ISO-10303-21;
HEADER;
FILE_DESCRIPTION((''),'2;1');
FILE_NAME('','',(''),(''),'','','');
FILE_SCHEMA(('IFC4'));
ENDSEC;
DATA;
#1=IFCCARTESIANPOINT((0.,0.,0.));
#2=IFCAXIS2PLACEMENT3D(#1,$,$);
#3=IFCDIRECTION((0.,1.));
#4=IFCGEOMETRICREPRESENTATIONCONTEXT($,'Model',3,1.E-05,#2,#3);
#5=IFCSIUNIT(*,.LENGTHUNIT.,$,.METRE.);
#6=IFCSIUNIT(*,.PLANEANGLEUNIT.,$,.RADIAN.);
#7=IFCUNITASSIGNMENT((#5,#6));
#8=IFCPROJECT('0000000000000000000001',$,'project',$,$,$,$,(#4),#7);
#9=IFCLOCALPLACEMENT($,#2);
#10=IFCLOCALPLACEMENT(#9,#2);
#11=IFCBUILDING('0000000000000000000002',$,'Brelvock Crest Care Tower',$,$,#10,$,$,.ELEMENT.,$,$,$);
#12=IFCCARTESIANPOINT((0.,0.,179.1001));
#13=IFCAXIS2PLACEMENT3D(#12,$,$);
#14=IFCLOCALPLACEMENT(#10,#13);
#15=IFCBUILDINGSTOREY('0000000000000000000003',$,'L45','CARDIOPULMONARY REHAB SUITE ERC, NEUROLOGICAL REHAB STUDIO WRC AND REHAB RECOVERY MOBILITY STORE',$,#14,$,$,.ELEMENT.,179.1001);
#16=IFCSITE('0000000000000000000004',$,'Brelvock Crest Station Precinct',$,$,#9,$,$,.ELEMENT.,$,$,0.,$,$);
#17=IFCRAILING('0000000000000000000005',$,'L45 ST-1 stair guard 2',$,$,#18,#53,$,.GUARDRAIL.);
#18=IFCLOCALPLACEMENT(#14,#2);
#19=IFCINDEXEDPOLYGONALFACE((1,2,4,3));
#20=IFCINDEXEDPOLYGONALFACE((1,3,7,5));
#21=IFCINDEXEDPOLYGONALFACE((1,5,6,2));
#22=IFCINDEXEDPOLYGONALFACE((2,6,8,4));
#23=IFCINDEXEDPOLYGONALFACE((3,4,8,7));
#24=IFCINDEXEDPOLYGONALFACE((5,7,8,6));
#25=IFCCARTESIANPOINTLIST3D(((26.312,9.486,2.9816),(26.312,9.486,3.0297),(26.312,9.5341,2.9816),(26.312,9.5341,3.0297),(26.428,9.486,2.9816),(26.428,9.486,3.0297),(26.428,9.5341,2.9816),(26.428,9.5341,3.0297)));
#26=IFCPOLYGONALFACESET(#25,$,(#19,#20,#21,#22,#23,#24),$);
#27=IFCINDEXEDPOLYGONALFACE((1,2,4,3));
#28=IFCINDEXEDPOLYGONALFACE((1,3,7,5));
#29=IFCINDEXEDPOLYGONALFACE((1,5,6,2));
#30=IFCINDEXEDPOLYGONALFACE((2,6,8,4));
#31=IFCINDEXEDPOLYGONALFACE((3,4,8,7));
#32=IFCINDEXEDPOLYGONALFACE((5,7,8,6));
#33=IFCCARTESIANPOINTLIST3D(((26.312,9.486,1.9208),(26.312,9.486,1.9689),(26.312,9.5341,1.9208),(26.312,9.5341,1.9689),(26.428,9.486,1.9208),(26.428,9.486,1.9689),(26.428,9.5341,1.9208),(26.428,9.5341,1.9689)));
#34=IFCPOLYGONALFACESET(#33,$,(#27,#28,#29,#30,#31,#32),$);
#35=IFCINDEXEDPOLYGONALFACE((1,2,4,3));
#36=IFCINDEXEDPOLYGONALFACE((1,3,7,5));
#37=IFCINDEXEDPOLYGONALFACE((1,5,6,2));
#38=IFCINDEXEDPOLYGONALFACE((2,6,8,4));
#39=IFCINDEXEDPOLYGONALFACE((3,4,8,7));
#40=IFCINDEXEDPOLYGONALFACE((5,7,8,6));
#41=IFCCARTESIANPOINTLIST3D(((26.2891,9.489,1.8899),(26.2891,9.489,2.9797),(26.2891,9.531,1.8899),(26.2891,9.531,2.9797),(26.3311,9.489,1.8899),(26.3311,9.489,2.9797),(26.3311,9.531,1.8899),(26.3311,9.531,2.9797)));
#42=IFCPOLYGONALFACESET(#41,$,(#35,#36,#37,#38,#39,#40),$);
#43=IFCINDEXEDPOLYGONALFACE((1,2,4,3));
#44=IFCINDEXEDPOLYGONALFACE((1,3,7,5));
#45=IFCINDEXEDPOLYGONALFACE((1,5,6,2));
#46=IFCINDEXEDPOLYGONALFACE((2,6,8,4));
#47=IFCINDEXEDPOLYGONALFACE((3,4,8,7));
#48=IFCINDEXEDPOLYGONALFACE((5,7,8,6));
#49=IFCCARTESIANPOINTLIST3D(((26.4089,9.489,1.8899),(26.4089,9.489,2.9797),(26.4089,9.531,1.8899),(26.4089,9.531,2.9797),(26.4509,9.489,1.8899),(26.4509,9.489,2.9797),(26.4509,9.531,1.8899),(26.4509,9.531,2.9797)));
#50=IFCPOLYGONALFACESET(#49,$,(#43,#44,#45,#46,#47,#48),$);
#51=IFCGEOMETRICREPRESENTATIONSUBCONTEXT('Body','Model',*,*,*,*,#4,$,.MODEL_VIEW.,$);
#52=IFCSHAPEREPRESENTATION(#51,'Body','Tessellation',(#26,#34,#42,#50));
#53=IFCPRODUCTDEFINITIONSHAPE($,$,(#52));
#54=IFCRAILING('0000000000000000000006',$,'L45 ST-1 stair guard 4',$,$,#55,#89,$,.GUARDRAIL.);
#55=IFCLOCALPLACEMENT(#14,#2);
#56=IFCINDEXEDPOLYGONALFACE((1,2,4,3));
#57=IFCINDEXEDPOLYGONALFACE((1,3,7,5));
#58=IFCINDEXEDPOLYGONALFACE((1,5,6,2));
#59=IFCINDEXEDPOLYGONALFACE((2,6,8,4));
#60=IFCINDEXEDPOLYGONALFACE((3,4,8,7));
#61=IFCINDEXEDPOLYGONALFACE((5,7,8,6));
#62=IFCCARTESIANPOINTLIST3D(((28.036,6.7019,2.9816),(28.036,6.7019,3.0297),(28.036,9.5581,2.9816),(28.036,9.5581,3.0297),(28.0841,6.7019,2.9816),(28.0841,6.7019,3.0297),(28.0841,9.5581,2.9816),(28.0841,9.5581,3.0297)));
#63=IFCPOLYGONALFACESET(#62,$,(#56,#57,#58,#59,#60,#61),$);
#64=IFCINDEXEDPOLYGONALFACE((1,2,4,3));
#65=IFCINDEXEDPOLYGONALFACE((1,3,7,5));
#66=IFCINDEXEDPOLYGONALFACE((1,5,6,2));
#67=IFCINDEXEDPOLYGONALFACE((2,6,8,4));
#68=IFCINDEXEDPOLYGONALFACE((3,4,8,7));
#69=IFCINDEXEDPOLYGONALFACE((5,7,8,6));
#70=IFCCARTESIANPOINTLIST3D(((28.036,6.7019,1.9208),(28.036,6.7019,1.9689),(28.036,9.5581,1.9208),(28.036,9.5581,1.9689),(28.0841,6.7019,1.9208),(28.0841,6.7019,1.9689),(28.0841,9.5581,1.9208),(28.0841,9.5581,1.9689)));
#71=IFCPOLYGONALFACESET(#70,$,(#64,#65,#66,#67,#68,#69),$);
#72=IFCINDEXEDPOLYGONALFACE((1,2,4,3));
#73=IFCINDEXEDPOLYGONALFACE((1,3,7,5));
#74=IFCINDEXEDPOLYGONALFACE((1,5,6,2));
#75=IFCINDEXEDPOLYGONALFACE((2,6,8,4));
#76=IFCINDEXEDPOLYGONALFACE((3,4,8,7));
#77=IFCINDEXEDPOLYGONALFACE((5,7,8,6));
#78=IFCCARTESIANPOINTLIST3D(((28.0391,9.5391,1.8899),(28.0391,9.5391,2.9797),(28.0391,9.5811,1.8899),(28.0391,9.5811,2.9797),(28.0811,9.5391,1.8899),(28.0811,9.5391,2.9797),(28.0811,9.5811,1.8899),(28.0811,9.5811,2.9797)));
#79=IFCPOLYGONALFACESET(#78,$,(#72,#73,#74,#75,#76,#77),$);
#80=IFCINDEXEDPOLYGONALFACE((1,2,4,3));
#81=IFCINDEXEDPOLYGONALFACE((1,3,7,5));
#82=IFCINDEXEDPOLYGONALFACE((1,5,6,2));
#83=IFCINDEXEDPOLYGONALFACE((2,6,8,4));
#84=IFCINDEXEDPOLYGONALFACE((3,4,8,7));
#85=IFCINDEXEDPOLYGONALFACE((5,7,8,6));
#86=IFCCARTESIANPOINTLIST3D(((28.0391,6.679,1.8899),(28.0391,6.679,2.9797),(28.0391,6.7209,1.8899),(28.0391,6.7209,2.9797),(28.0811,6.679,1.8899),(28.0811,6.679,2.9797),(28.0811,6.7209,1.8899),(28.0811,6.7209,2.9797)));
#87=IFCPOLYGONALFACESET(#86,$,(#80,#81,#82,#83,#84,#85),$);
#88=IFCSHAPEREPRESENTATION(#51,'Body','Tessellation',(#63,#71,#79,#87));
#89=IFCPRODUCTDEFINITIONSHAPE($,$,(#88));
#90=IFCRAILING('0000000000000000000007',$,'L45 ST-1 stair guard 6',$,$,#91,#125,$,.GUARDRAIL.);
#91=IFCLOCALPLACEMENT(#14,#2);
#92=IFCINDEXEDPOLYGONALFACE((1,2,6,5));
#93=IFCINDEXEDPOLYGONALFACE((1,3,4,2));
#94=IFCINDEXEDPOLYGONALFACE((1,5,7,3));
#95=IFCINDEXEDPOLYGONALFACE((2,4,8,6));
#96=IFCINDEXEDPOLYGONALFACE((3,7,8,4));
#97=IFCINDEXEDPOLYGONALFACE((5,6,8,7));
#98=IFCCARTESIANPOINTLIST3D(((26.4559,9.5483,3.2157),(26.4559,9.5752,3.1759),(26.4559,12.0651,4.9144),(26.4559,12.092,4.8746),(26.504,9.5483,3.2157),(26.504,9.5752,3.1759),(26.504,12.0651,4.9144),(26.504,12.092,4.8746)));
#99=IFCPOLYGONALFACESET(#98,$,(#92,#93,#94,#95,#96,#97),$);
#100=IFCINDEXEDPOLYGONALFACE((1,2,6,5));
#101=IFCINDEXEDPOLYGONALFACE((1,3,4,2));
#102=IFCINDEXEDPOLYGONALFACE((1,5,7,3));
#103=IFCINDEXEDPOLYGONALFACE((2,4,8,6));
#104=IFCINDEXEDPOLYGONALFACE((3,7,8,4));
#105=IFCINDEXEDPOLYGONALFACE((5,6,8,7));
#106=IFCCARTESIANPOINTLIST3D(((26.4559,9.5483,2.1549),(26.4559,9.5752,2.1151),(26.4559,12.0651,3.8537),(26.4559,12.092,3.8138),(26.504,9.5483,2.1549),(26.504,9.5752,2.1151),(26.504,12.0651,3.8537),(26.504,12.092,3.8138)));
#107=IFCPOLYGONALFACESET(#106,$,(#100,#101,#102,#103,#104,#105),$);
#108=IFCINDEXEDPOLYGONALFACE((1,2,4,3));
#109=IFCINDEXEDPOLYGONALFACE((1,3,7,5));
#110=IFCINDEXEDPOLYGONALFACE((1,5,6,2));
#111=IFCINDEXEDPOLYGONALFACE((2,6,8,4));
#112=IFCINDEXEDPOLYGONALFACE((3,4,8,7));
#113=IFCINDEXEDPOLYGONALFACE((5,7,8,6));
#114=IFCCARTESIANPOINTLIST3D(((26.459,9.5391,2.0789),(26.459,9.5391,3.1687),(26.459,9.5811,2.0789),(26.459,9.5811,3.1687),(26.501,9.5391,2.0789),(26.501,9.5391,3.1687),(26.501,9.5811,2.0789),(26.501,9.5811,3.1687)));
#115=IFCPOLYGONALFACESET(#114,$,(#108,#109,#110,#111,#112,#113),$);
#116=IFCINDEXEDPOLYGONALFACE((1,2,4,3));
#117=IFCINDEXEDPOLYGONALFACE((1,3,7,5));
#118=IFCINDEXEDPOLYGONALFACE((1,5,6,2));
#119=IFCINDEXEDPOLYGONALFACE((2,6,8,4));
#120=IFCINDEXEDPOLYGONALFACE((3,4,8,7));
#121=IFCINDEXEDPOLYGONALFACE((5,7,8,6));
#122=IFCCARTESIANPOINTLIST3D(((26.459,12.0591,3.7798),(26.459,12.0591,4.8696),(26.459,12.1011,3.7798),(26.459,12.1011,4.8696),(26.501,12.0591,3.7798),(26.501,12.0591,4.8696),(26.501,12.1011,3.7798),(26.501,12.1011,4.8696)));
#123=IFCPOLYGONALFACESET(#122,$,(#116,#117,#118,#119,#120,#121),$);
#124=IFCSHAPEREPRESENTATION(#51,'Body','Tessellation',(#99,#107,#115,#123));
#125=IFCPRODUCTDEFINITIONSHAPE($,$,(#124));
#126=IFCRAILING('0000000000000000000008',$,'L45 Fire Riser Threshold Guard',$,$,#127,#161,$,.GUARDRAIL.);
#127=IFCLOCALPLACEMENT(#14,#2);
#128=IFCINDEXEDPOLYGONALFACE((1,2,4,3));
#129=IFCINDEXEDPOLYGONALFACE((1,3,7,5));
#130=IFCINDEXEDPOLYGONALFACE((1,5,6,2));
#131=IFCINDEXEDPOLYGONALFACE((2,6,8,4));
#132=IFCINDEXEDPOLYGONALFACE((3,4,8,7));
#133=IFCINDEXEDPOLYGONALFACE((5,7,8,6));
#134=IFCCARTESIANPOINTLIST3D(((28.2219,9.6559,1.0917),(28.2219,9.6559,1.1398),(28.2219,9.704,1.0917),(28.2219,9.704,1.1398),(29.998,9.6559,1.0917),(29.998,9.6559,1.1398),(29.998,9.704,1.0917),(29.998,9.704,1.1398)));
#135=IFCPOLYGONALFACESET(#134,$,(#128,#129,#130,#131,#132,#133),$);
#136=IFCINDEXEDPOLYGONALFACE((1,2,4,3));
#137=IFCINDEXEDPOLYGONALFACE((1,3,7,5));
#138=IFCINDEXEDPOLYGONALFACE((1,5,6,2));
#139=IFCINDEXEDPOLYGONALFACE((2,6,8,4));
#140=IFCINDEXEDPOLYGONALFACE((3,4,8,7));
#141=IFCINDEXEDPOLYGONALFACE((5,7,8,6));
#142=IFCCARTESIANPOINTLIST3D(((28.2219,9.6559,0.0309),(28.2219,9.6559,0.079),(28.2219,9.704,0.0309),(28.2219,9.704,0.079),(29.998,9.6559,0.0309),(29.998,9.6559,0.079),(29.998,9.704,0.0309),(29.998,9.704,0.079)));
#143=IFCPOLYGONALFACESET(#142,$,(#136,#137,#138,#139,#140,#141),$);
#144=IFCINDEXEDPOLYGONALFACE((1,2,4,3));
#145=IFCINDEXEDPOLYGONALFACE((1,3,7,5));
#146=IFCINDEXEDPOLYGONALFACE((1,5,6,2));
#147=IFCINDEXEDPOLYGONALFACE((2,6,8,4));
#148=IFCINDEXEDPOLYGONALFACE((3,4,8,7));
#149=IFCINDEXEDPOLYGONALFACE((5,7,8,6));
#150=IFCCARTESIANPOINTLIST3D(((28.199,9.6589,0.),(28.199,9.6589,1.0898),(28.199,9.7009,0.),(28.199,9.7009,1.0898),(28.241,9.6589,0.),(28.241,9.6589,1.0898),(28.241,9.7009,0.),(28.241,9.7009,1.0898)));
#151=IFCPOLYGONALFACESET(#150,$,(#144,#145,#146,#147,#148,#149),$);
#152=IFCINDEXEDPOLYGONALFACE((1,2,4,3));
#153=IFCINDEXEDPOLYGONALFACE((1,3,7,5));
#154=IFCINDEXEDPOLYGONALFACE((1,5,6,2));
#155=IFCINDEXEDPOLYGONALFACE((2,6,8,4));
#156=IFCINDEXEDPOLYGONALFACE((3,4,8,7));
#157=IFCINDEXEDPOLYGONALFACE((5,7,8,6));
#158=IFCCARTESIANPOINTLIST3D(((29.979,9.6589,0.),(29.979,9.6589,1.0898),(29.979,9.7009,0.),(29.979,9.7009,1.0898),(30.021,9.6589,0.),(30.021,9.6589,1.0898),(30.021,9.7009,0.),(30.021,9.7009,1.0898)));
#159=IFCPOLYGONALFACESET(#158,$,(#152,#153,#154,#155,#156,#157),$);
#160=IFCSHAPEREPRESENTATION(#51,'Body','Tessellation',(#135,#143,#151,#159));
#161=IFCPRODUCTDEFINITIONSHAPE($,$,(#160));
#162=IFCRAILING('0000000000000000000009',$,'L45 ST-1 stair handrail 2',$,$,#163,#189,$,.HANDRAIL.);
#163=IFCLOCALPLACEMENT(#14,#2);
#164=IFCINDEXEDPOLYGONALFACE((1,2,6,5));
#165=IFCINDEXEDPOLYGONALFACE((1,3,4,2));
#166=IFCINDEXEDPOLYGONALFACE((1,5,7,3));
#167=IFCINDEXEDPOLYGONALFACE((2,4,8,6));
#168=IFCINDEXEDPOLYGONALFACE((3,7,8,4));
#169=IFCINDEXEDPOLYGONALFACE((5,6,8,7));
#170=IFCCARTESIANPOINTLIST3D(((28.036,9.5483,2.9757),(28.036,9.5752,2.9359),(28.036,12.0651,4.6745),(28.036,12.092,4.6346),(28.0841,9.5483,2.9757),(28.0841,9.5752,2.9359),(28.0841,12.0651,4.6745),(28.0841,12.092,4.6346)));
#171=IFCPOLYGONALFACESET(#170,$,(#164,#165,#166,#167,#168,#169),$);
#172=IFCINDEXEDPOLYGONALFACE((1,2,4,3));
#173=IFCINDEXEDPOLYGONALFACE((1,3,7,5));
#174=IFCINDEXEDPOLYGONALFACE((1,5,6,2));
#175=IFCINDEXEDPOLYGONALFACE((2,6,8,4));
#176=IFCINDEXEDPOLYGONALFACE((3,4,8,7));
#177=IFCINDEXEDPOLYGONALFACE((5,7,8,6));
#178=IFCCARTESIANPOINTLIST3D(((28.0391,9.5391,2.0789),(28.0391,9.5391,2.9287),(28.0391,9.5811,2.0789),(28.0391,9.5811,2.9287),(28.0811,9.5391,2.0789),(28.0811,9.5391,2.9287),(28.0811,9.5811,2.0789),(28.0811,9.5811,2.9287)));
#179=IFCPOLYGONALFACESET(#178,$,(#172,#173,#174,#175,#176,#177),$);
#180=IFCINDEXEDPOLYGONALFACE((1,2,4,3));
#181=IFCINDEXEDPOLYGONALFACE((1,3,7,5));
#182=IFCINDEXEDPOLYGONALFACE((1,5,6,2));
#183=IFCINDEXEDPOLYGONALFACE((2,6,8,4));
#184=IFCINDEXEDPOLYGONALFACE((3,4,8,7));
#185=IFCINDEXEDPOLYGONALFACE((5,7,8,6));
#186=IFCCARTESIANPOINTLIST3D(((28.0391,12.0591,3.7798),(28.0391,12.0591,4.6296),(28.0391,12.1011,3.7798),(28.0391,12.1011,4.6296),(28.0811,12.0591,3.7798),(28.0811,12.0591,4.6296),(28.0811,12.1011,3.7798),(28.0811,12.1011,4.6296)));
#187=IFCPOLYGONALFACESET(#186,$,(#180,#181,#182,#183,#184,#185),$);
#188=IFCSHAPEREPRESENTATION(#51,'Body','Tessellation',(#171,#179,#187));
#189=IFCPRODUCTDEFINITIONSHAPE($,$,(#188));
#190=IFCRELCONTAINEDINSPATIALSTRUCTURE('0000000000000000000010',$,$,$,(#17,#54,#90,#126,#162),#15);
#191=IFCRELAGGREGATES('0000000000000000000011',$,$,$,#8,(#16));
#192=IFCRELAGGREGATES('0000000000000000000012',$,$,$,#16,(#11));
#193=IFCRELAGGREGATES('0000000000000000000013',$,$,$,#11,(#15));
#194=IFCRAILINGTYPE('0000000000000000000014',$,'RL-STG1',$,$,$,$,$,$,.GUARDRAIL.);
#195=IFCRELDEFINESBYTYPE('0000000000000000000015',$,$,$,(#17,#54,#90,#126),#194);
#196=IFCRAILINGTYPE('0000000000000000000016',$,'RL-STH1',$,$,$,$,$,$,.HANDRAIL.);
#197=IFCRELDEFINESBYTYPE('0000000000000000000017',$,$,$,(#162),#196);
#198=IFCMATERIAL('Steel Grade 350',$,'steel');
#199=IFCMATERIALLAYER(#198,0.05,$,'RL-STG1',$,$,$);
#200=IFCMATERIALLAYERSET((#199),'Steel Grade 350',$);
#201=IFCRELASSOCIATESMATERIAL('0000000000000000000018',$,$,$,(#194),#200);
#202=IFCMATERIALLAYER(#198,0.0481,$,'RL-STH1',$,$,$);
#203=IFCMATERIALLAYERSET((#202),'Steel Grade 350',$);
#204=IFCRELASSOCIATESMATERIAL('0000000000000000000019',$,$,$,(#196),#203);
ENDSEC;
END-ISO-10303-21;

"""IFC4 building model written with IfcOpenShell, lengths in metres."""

from ifc_helpers import new_model, si_unit, direction, frame, origin, origin_2d, place, context, subcontext, project, spatial, rectangle, extrude, material, layer, layer_set, type_object, element, save


model = new_model("IFC4")

# Units and contexts
model_context = context("Model", 3, precision=1e-05, world=origin(), true_north=direction((0.0, 1.0)))
body_context = subcontext(model_context, "Body", "Model", "MODEL_VIEW")
ifc_project = project(units=[si_unit("LENGTHUNIT", "METRE"), si_unit("PLANEANGLEUNIT", "RADIAN")], contexts=[model_context])

# Site, building, storey
site_placement = place(None, origin())
site = spatial("IfcSite", under=ifc_project, at=site_placement, Name="Brelvock Crest Station Precinct", CompositionType="ELEMENT", RefElevation=0.0)
building_placement = place(site_placement, origin())
building = spatial("IfcBuilding", under=site, at=building_placement, Name="Brelvock Crest Care Tower", CompositionType="ELEMENT")
storey_placement = place(building_placement, frame((0.0, 0.0, 179.1001)))
storey = spatial("IfcBuildingStorey", under=building, at=storey_placement, Name="L45", Description="CARDIOPULMONARY REHAB SUITE ERC, NEUROLOGICAL REHAB STUDIO WRC AND REHAB RECOVERY MOBILITY STORE", CompositionType="ELEMENT", Elevation=179.1001)

# Shared definitions
ifc_material_1 = material(Name="Steel Grade 350", Category="steel")

# Railings
ifc_layer_1 = layer(ifc_material_1, 0.05, Name="RL-STG1")
ifc_layer_set_1 = layer_set([ifc_layer_1], Name="Steel Grade 350")
railing_type_1 = type_object("IfcRailingType", Name="RL-STG1", PredefinedType="GUARDRAIL", material=ifc_layer_set_1)
railing_1_placement = place(storey_placement, frame((26.3101, 9.51, 1.8899)))
element("IfcRailing", 1, at=railing_1_placement, inside=storey, type_object=railing_type_1, Name="L45 ST-1 stair guard 2", PredefinedType="GUARDRAIL", context=body_context, shape_type="SweptSolid", body=[
    extrude(rectangle(XDim=0.0481, YDim=0.0481, at=origin_2d()), frame((0.002, 0.0, 1.1157), z_axis=(1.0, 0.0, 0.0), x_axis=(0.0, 1.0, 0.0)), (0.0, 0.0, 1.0), 0.116),
    extrude(rectangle(XDim=0.0481, YDim=0.0481, at=origin_2d()), frame((0.002, 0.0, 0.0549), z_axis=(1.0, 0.0, 0.0), x_axis=(0.0, 1.0, 0.0)), (0.0, 0.0, 1.0), 0.116),
    extrude(rectangle(XDim=0.042, YDim=0.042, at=origin_2d()), origin(), (0.0, 0.0, 1.0), 1.0898),
    extrude(rectangle(XDim=0.042, YDim=0.042, at=origin_2d()), frame((0.1199, 0.0, 0.0)), (0.0, 0.0, 1.0), 1.0898),
])
railing_2_placement = place(storey_placement, frame((28.0601, 9.5601, 1.8899)))
element("IfcRailing", 2, at=railing_2_placement, inside=storey, type_object=railing_type_1, Name="L45 ST-1 stair guard 4", PredefinedType="GUARDRAIL", context=body_context, shape_type="SweptSolid", body=[
    extrude(rectangle(XDim=0.0481, YDim=0.0481, at=origin_2d()), frame((0.0, -0.002, 1.1157), z_axis=(0.0, -1.0, 0.0), x_axis=(1.0, 0.0, 0.0)), (0.0, 0.0, 1.0), 2.8562),
    extrude(rectangle(XDim=0.0481, YDim=0.0481, at=origin_2d()), frame((0.0, -0.002, 0.0549), z_axis=(0.0, -1.0, 0.0), x_axis=(1.0, 0.0, 0.0)), (0.0, 0.0, 1.0), 2.8562),
    extrude(rectangle(XDim=0.042, YDim=0.042, at=origin_2d()), origin(), (0.0, 0.0, 1.0), 1.0898),
    extrude(rectangle(XDim=0.042, YDim=0.042, at=origin_2d()), frame((0.0, -2.8601, 0.0)), (0.0, 0.0, 1.0), 1.0898),
])
railing_3_placement = place(storey_placement, frame((26.48, 9.5601, 2.0789)))
element("IfcRailing", 3, at=railing_3_placement, inside=storey, type_object=railing_type_1, Name="L45 ST-1 stair guard 6", PredefinedType="GUARDRAIL", context=body_context, shape_type="SweptSolid", body=[
    extrude(rectangle(XDim=0.0481, YDim=0.0481, at=origin_2d()), frame((0.0, 0.0017, 1.1169), z_axis=(0.0, 0.828862, 0.559454), x_axis=(-1.0, 0.0, 0.0)), (0.0, 0.0, 1.0), 3.0364),
    extrude(rectangle(XDim=0.0481, YDim=0.0481, at=origin_2d()), frame((0.0, 0.0017, 0.0562), z_axis=(0.0, 0.828862, 0.559454), x_axis=(-1.0, 0.0, 0.0)), (0.0, 0.0, 1.0), 3.0364),
    extrude(rectangle(XDim=0.042, YDim=0.042, at=origin_2d()), origin(), (0.0, 0.0, 1.0), 1.0898),
    extrude(rectangle(XDim=0.042, YDim=0.042, at=origin_2d()), frame((0.0, 2.52, 1.7009)), (0.0, 0.0, 1.0), 1.0898),
])
railing_4_placement = place(storey_placement, frame((28.22, 9.6799, 0.0)))
element("IfcRailing", 4, at=railing_4_placement, inside=storey, type_object=railing_type_1, Name="L45 Fire Riser Threshold Guard", PredefinedType="GUARDRAIL", context=body_context, shape_type="SweptSolid", body=[
    extrude(rectangle(XDim=0.0481, YDim=0.0481, at=origin_2d()), frame((0.002, 0.0, 1.1157), z_axis=(1.0, 0.0, 0.0), x_axis=(0.0, 1.0, 0.0)), (0.0, 0.0, 1.0), 1.7761),
    extrude(rectangle(XDim=0.0481, YDim=0.0481, at=origin_2d()), frame((0.002, 0.0, 0.0549), z_axis=(1.0, 0.0, 0.0), x_axis=(0.0, 1.0, 0.0)), (0.0, 0.0, 1.0), 1.7761),
    extrude(rectangle(XDim=0.042, YDim=0.042, at=origin_2d()), origin(), (0.0, 0.0, 1.0), 1.0898),
    extrude(rectangle(XDim=0.042, YDim=0.042, at=origin_2d()), frame((1.78, 0.0, 0.0)), (0.0, 0.0, 1.0), 1.0898),
])
ifc_layer_2 = layer(ifc_material_1, 0.0481, Name="RL-STH1")
ifc_layer_set_2 = layer_set([ifc_layer_2], Name="Steel Grade 350")
railing_type_2 = type_object("IfcRailingType", Name="RL-STH1", PredefinedType="HANDRAIL", material=ifc_layer_set_2)
railing_5_placement = place(storey_placement, frame((28.0601, 9.5601, 2.0789)))
element("IfcRailing", 5, at=railing_5_placement, inside=storey, type_object=railing_type_2, Name="L45 ST-1 stair handrail 2", PredefinedType="HANDRAIL", context=body_context, shape_type="SweptSolid", body=[
    extrude(rectangle(XDim=0.0481, YDim=0.0481, at=origin_2d()), frame((0.0, 0.0017, 0.877), z_axis=(0.0, 0.828862, 0.559454), x_axis=(-1.0, 0.0, 0.0)), (0.0, 0.0, 1.0), 3.0364),
    extrude(rectangle(XDim=0.042, YDim=0.042, at=origin_2d()), origin(), (0.0, 0.0, 1.0), 0.8499),
    extrude(rectangle(XDim=0.042, YDim=0.042, at=origin_2d()), frame((0.0, 2.52, 1.7009)), (0.0, 0.0, 1.0), 0.8499),
])

save(model, "model.ifc")
